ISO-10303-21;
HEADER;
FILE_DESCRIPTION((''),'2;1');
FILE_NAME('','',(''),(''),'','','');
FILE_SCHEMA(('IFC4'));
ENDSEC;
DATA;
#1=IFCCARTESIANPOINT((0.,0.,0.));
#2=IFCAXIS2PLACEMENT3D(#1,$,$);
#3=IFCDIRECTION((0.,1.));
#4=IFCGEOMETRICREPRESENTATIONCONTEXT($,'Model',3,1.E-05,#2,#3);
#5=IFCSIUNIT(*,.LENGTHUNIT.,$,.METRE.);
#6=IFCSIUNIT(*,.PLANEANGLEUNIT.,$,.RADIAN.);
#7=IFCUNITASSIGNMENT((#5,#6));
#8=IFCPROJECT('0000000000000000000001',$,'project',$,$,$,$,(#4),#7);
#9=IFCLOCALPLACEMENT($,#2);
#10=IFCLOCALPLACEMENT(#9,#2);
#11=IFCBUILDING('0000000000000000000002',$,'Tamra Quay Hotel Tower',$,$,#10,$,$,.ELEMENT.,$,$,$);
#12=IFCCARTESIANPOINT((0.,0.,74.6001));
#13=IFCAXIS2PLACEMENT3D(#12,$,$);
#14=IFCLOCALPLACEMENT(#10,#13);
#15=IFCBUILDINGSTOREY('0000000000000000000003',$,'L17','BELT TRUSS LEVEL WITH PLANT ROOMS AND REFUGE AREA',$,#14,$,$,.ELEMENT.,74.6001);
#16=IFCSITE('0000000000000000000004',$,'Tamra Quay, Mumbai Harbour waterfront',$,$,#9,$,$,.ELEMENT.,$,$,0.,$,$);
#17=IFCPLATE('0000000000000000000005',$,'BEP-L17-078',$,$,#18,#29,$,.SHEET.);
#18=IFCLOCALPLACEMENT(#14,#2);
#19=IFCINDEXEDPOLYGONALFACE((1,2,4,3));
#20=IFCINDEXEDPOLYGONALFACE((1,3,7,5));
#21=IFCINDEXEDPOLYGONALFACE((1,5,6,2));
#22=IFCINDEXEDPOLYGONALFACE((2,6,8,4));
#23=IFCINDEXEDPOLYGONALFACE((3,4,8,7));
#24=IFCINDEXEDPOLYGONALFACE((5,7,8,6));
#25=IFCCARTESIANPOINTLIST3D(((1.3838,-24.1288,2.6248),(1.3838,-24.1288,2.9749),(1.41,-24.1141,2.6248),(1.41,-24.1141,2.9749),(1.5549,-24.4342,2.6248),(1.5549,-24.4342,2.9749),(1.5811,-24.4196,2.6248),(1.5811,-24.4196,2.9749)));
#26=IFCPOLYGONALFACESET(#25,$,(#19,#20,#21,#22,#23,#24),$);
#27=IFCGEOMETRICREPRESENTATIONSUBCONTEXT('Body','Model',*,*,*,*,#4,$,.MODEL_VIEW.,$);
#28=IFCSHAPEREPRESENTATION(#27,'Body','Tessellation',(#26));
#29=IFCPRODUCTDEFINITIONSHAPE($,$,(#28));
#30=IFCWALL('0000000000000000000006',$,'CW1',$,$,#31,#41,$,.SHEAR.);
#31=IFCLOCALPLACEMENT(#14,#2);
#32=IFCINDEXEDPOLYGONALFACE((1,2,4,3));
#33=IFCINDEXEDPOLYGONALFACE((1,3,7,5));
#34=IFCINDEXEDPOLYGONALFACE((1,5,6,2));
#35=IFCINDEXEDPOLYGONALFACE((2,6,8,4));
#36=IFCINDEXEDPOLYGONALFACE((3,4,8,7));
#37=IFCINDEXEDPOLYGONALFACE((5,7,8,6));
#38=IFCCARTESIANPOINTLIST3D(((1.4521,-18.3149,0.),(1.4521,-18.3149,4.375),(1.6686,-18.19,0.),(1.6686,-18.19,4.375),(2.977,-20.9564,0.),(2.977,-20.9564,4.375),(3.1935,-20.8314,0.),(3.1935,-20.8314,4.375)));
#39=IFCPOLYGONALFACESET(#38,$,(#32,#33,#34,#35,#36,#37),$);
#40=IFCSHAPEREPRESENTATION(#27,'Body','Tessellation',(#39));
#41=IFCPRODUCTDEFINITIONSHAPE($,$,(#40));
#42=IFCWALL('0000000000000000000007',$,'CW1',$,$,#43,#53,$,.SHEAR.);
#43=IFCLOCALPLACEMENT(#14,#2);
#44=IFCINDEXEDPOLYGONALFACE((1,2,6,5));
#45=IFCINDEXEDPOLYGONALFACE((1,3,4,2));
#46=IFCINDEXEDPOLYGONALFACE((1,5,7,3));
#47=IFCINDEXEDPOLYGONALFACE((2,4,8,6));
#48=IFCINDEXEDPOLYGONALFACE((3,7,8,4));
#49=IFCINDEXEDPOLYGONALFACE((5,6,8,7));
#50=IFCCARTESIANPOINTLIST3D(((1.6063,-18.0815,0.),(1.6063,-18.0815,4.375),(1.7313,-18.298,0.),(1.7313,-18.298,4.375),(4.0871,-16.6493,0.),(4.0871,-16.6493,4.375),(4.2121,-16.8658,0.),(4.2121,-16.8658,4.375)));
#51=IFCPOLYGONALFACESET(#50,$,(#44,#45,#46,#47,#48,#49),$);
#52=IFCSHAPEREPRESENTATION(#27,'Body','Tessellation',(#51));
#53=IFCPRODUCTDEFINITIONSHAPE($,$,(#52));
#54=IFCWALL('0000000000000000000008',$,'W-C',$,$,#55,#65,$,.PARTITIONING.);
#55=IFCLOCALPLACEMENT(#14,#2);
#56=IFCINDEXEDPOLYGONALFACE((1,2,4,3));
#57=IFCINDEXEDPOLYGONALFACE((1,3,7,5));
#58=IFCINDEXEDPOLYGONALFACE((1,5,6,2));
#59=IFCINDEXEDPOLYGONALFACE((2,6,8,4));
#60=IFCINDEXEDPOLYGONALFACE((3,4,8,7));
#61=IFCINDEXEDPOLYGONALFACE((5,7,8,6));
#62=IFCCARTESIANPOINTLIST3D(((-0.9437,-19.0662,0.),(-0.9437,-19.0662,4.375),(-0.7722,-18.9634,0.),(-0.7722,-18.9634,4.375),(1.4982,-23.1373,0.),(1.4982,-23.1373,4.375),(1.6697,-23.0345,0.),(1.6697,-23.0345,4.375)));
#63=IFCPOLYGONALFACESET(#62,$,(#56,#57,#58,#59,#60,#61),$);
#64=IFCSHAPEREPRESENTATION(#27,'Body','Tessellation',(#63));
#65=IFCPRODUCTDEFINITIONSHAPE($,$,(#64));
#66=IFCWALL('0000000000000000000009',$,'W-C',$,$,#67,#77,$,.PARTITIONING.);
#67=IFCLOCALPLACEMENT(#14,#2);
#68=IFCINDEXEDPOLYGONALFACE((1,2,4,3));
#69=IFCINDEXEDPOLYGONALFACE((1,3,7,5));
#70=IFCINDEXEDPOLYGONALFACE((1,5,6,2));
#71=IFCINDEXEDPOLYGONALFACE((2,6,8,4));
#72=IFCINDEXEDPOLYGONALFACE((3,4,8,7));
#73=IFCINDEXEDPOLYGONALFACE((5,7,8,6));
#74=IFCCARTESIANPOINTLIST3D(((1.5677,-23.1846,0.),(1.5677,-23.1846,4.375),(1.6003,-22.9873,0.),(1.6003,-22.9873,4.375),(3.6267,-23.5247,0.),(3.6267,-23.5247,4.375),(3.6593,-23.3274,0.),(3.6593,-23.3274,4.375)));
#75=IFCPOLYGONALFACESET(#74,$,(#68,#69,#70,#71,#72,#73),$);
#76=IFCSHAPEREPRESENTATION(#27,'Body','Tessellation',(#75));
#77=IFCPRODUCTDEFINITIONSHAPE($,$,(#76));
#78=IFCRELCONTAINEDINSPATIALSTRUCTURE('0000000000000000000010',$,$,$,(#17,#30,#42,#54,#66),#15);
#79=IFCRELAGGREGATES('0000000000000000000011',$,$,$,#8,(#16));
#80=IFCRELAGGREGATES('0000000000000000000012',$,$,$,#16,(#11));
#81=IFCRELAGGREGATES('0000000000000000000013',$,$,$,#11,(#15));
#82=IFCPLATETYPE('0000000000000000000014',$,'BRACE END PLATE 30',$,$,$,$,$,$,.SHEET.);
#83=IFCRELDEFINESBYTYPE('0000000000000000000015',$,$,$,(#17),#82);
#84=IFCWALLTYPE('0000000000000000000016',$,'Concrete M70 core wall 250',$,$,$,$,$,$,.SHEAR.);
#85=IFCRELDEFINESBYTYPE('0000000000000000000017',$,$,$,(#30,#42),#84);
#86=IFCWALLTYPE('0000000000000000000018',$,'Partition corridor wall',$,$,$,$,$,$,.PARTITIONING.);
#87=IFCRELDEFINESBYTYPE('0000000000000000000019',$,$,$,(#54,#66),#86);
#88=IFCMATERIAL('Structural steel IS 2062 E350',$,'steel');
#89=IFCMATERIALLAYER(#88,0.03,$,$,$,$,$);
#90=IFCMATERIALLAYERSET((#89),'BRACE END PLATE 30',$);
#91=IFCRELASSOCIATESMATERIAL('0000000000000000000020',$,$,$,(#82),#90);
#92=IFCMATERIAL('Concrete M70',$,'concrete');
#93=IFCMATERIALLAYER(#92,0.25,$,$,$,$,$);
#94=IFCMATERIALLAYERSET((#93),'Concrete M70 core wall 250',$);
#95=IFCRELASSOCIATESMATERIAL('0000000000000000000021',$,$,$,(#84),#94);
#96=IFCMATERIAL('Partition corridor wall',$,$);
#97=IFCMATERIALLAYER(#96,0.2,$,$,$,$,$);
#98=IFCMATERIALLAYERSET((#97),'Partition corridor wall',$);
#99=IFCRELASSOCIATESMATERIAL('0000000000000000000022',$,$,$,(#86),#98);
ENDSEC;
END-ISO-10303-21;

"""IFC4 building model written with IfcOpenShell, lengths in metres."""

from ifc_helpers import new_model, si_unit, direction, frame, frame_2d, origin, origin_2d, place, context, subcontext, project, spatial, rectangle, extrude, material, layer, layer_set, type_object, element, save


model = new_model("IFC4")

# Units and contexts
model_context = context("Model", 3, precision=1e-05, world=origin(), true_north=direction((0.0, 1.0)))
body_context = subcontext(model_context, "Body", "Model", "MODEL_VIEW")
ifc_project = project(units=[si_unit("LENGTHUNIT", "METRE"), si_unit("PLANEANGLEUNIT", "RADIAN")], contexts=[model_context])

# Site, building, storey
site_placement = place(None, origin())
site = spatial("IfcSite", under=ifc_project, at=site_placement, Name="Tamra Quay, Mumbai Harbour waterfront", CompositionType="ELEMENT", RefElevation=0.0)
building_placement = place(site_placement, origin())
building = spatial("IfcBuilding", under=site, at=building_placement, Name="Tamra Quay Hotel Tower", CompositionType="ELEMENT")
storey_placement = place(building_placement, frame((0.0, 0.0, 74.6001)))
storey = spatial("IfcBuildingStorey", under=building, at=storey_placement, Name="L17", Description="BELT TRUSS LEVEL WITH PLANT ROOMS AND REFUGE AREA", CompositionType="ELEMENT", Elevation=74.6001)

# Shared definitions
ifc_material_1 = material(Name="Structural steel IS 2062 E350", Category="steel")

# Plate
ifc_layer_1 = layer(ifc_material_1, 0.03)
ifc_layer_set_1 = layer_set([ifc_layer_1], Name="BRACE END PLATE 30")
plate_type = type_object("IfcPlateType", Name="BRACE END PLATE 30", PredefinedType="SHEET", material=ifc_layer_set_1)
for number, where, z_axis, x_axis, name in (
    (1, (1.4824, -24.2742, 2.6248), (0.0, 0.0, 1.0), (0.872452, 0.4887, 0.0), "BEP-L17-078"),
):
    element("IfcPlate", number, at=place(storey_placement, frame(where, z_axis=z_axis, x_axis=x_axis)), inside=storey, type_object=plate_type, Name=name, PredefinedType="SHEET", context=body_context, shape_type="SweptSolid", body=[
        extrude(rectangle(XDim=0.03, YDim=0.3501, at=origin_2d()), origin(), (0.0, 0.0, 1.0), 0.3501),
    ])

# Walls
ifc_material_2 = material(Name="Concrete M70", Category="concrete")
ifc_layer_2 = layer(ifc_material_2, 0.25)
ifc_layer_set_2 = layer_set([ifc_layer_2], Name="Concrete M70 core wall 250")
wall_type_1 = type_object("IfcWallType", Name="Concrete M70 core wall 250", PredefinedType="SHEAR", material=ifc_layer_set_2)
wall_1_placement = place(storey_placement, frame((3.0852, -20.8938, 0.0), z_axis=(0.0, 0.0, 1.0), x_axis=(-0.499979, 0.866038, 0.0)))
element("IfcWall", 2, at=wall_1_placement, inside=storey, type_object=wall_type_1, Name="CW1", PredefinedType="SHEAR", context=body_context, shape_type="SweptSolid", body=[
    extrude(rectangle(XDim=3.05, YDim=0.25, at=frame_2d((1.5249, 0.0))), origin(), (0.0, 0.0, 1.0), 4.375),
])
wall_2_placement = place(storey_placement, frame((1.6689, -18.1897, 0.0), z_axis=(0.0, 0.0, 1.0), x_axis=(0.866042, 0.499971, 0.0)))
element("IfcWall", 3, at=wall_2_placement, inside=storey, type_object=wall_type_1, Name="CW1", PredefinedType="SHEAR", context=body_context, shape_type="SweptSolid", body=[
    extrude(rectangle(XDim=2.8645, YDim=0.25, at=frame_2d((1.4321, 0.0))), origin(), (0.0, 0.0, 1.0), 4.375),
])
ifc_material_3 = material(Name="Partition corridor wall")
ifc_layer_3 = layer(ifc_material_3, 0.2)
ifc_layer_set_3 = layer_set([ifc_layer_3], Name="Partition corridor wall")
wall_type_2 = type_object("IfcWallType", Name="Partition corridor wall", PredefinedType="PARTITIONING", material=ifc_layer_set_3)
wall_3_placement = place(storey_placement, frame((-0.8579, -19.0149, 0.0), z_axis=(0.0, 0.0, 1.0), x_axis=(0.514382, -0.857561, 0.0)))
element("IfcWall", 4, at=wall_3_placement, inside=storey, type_object=wall_type_2, Name="W-C", PredefinedType="PARTITIONING", context=body_context, shape_type="SweptSolid", body=[
    extrude(rectangle(XDim=4.7473, YDim=0.2, at=frame_2d((2.3735, 0.0))), origin(), (0.0, 0.0, 1.0), 4.375),
])
wall_4_placement = place(storey_placement, frame((1.584, -23.0859, 0.0), z_axis=(0.0, 0.0, 1.0), x_axis=(0.986633, -0.162957, 0.0)))
element("IfcWall", 5, at=wall_4_placement, inside=storey, type_object=wall_type_2, Name="W-C", PredefinedType="PARTITIONING", context=body_context, shape_type="SweptSolid", body=[
    extrude(rectangle(XDim=2.0869, YDim=0.2, at=frame_2d((1.0435, 0.0))), origin(), (0.0, 0.0, 1.0), 4.375),
])

save(model, "model.ifc")
